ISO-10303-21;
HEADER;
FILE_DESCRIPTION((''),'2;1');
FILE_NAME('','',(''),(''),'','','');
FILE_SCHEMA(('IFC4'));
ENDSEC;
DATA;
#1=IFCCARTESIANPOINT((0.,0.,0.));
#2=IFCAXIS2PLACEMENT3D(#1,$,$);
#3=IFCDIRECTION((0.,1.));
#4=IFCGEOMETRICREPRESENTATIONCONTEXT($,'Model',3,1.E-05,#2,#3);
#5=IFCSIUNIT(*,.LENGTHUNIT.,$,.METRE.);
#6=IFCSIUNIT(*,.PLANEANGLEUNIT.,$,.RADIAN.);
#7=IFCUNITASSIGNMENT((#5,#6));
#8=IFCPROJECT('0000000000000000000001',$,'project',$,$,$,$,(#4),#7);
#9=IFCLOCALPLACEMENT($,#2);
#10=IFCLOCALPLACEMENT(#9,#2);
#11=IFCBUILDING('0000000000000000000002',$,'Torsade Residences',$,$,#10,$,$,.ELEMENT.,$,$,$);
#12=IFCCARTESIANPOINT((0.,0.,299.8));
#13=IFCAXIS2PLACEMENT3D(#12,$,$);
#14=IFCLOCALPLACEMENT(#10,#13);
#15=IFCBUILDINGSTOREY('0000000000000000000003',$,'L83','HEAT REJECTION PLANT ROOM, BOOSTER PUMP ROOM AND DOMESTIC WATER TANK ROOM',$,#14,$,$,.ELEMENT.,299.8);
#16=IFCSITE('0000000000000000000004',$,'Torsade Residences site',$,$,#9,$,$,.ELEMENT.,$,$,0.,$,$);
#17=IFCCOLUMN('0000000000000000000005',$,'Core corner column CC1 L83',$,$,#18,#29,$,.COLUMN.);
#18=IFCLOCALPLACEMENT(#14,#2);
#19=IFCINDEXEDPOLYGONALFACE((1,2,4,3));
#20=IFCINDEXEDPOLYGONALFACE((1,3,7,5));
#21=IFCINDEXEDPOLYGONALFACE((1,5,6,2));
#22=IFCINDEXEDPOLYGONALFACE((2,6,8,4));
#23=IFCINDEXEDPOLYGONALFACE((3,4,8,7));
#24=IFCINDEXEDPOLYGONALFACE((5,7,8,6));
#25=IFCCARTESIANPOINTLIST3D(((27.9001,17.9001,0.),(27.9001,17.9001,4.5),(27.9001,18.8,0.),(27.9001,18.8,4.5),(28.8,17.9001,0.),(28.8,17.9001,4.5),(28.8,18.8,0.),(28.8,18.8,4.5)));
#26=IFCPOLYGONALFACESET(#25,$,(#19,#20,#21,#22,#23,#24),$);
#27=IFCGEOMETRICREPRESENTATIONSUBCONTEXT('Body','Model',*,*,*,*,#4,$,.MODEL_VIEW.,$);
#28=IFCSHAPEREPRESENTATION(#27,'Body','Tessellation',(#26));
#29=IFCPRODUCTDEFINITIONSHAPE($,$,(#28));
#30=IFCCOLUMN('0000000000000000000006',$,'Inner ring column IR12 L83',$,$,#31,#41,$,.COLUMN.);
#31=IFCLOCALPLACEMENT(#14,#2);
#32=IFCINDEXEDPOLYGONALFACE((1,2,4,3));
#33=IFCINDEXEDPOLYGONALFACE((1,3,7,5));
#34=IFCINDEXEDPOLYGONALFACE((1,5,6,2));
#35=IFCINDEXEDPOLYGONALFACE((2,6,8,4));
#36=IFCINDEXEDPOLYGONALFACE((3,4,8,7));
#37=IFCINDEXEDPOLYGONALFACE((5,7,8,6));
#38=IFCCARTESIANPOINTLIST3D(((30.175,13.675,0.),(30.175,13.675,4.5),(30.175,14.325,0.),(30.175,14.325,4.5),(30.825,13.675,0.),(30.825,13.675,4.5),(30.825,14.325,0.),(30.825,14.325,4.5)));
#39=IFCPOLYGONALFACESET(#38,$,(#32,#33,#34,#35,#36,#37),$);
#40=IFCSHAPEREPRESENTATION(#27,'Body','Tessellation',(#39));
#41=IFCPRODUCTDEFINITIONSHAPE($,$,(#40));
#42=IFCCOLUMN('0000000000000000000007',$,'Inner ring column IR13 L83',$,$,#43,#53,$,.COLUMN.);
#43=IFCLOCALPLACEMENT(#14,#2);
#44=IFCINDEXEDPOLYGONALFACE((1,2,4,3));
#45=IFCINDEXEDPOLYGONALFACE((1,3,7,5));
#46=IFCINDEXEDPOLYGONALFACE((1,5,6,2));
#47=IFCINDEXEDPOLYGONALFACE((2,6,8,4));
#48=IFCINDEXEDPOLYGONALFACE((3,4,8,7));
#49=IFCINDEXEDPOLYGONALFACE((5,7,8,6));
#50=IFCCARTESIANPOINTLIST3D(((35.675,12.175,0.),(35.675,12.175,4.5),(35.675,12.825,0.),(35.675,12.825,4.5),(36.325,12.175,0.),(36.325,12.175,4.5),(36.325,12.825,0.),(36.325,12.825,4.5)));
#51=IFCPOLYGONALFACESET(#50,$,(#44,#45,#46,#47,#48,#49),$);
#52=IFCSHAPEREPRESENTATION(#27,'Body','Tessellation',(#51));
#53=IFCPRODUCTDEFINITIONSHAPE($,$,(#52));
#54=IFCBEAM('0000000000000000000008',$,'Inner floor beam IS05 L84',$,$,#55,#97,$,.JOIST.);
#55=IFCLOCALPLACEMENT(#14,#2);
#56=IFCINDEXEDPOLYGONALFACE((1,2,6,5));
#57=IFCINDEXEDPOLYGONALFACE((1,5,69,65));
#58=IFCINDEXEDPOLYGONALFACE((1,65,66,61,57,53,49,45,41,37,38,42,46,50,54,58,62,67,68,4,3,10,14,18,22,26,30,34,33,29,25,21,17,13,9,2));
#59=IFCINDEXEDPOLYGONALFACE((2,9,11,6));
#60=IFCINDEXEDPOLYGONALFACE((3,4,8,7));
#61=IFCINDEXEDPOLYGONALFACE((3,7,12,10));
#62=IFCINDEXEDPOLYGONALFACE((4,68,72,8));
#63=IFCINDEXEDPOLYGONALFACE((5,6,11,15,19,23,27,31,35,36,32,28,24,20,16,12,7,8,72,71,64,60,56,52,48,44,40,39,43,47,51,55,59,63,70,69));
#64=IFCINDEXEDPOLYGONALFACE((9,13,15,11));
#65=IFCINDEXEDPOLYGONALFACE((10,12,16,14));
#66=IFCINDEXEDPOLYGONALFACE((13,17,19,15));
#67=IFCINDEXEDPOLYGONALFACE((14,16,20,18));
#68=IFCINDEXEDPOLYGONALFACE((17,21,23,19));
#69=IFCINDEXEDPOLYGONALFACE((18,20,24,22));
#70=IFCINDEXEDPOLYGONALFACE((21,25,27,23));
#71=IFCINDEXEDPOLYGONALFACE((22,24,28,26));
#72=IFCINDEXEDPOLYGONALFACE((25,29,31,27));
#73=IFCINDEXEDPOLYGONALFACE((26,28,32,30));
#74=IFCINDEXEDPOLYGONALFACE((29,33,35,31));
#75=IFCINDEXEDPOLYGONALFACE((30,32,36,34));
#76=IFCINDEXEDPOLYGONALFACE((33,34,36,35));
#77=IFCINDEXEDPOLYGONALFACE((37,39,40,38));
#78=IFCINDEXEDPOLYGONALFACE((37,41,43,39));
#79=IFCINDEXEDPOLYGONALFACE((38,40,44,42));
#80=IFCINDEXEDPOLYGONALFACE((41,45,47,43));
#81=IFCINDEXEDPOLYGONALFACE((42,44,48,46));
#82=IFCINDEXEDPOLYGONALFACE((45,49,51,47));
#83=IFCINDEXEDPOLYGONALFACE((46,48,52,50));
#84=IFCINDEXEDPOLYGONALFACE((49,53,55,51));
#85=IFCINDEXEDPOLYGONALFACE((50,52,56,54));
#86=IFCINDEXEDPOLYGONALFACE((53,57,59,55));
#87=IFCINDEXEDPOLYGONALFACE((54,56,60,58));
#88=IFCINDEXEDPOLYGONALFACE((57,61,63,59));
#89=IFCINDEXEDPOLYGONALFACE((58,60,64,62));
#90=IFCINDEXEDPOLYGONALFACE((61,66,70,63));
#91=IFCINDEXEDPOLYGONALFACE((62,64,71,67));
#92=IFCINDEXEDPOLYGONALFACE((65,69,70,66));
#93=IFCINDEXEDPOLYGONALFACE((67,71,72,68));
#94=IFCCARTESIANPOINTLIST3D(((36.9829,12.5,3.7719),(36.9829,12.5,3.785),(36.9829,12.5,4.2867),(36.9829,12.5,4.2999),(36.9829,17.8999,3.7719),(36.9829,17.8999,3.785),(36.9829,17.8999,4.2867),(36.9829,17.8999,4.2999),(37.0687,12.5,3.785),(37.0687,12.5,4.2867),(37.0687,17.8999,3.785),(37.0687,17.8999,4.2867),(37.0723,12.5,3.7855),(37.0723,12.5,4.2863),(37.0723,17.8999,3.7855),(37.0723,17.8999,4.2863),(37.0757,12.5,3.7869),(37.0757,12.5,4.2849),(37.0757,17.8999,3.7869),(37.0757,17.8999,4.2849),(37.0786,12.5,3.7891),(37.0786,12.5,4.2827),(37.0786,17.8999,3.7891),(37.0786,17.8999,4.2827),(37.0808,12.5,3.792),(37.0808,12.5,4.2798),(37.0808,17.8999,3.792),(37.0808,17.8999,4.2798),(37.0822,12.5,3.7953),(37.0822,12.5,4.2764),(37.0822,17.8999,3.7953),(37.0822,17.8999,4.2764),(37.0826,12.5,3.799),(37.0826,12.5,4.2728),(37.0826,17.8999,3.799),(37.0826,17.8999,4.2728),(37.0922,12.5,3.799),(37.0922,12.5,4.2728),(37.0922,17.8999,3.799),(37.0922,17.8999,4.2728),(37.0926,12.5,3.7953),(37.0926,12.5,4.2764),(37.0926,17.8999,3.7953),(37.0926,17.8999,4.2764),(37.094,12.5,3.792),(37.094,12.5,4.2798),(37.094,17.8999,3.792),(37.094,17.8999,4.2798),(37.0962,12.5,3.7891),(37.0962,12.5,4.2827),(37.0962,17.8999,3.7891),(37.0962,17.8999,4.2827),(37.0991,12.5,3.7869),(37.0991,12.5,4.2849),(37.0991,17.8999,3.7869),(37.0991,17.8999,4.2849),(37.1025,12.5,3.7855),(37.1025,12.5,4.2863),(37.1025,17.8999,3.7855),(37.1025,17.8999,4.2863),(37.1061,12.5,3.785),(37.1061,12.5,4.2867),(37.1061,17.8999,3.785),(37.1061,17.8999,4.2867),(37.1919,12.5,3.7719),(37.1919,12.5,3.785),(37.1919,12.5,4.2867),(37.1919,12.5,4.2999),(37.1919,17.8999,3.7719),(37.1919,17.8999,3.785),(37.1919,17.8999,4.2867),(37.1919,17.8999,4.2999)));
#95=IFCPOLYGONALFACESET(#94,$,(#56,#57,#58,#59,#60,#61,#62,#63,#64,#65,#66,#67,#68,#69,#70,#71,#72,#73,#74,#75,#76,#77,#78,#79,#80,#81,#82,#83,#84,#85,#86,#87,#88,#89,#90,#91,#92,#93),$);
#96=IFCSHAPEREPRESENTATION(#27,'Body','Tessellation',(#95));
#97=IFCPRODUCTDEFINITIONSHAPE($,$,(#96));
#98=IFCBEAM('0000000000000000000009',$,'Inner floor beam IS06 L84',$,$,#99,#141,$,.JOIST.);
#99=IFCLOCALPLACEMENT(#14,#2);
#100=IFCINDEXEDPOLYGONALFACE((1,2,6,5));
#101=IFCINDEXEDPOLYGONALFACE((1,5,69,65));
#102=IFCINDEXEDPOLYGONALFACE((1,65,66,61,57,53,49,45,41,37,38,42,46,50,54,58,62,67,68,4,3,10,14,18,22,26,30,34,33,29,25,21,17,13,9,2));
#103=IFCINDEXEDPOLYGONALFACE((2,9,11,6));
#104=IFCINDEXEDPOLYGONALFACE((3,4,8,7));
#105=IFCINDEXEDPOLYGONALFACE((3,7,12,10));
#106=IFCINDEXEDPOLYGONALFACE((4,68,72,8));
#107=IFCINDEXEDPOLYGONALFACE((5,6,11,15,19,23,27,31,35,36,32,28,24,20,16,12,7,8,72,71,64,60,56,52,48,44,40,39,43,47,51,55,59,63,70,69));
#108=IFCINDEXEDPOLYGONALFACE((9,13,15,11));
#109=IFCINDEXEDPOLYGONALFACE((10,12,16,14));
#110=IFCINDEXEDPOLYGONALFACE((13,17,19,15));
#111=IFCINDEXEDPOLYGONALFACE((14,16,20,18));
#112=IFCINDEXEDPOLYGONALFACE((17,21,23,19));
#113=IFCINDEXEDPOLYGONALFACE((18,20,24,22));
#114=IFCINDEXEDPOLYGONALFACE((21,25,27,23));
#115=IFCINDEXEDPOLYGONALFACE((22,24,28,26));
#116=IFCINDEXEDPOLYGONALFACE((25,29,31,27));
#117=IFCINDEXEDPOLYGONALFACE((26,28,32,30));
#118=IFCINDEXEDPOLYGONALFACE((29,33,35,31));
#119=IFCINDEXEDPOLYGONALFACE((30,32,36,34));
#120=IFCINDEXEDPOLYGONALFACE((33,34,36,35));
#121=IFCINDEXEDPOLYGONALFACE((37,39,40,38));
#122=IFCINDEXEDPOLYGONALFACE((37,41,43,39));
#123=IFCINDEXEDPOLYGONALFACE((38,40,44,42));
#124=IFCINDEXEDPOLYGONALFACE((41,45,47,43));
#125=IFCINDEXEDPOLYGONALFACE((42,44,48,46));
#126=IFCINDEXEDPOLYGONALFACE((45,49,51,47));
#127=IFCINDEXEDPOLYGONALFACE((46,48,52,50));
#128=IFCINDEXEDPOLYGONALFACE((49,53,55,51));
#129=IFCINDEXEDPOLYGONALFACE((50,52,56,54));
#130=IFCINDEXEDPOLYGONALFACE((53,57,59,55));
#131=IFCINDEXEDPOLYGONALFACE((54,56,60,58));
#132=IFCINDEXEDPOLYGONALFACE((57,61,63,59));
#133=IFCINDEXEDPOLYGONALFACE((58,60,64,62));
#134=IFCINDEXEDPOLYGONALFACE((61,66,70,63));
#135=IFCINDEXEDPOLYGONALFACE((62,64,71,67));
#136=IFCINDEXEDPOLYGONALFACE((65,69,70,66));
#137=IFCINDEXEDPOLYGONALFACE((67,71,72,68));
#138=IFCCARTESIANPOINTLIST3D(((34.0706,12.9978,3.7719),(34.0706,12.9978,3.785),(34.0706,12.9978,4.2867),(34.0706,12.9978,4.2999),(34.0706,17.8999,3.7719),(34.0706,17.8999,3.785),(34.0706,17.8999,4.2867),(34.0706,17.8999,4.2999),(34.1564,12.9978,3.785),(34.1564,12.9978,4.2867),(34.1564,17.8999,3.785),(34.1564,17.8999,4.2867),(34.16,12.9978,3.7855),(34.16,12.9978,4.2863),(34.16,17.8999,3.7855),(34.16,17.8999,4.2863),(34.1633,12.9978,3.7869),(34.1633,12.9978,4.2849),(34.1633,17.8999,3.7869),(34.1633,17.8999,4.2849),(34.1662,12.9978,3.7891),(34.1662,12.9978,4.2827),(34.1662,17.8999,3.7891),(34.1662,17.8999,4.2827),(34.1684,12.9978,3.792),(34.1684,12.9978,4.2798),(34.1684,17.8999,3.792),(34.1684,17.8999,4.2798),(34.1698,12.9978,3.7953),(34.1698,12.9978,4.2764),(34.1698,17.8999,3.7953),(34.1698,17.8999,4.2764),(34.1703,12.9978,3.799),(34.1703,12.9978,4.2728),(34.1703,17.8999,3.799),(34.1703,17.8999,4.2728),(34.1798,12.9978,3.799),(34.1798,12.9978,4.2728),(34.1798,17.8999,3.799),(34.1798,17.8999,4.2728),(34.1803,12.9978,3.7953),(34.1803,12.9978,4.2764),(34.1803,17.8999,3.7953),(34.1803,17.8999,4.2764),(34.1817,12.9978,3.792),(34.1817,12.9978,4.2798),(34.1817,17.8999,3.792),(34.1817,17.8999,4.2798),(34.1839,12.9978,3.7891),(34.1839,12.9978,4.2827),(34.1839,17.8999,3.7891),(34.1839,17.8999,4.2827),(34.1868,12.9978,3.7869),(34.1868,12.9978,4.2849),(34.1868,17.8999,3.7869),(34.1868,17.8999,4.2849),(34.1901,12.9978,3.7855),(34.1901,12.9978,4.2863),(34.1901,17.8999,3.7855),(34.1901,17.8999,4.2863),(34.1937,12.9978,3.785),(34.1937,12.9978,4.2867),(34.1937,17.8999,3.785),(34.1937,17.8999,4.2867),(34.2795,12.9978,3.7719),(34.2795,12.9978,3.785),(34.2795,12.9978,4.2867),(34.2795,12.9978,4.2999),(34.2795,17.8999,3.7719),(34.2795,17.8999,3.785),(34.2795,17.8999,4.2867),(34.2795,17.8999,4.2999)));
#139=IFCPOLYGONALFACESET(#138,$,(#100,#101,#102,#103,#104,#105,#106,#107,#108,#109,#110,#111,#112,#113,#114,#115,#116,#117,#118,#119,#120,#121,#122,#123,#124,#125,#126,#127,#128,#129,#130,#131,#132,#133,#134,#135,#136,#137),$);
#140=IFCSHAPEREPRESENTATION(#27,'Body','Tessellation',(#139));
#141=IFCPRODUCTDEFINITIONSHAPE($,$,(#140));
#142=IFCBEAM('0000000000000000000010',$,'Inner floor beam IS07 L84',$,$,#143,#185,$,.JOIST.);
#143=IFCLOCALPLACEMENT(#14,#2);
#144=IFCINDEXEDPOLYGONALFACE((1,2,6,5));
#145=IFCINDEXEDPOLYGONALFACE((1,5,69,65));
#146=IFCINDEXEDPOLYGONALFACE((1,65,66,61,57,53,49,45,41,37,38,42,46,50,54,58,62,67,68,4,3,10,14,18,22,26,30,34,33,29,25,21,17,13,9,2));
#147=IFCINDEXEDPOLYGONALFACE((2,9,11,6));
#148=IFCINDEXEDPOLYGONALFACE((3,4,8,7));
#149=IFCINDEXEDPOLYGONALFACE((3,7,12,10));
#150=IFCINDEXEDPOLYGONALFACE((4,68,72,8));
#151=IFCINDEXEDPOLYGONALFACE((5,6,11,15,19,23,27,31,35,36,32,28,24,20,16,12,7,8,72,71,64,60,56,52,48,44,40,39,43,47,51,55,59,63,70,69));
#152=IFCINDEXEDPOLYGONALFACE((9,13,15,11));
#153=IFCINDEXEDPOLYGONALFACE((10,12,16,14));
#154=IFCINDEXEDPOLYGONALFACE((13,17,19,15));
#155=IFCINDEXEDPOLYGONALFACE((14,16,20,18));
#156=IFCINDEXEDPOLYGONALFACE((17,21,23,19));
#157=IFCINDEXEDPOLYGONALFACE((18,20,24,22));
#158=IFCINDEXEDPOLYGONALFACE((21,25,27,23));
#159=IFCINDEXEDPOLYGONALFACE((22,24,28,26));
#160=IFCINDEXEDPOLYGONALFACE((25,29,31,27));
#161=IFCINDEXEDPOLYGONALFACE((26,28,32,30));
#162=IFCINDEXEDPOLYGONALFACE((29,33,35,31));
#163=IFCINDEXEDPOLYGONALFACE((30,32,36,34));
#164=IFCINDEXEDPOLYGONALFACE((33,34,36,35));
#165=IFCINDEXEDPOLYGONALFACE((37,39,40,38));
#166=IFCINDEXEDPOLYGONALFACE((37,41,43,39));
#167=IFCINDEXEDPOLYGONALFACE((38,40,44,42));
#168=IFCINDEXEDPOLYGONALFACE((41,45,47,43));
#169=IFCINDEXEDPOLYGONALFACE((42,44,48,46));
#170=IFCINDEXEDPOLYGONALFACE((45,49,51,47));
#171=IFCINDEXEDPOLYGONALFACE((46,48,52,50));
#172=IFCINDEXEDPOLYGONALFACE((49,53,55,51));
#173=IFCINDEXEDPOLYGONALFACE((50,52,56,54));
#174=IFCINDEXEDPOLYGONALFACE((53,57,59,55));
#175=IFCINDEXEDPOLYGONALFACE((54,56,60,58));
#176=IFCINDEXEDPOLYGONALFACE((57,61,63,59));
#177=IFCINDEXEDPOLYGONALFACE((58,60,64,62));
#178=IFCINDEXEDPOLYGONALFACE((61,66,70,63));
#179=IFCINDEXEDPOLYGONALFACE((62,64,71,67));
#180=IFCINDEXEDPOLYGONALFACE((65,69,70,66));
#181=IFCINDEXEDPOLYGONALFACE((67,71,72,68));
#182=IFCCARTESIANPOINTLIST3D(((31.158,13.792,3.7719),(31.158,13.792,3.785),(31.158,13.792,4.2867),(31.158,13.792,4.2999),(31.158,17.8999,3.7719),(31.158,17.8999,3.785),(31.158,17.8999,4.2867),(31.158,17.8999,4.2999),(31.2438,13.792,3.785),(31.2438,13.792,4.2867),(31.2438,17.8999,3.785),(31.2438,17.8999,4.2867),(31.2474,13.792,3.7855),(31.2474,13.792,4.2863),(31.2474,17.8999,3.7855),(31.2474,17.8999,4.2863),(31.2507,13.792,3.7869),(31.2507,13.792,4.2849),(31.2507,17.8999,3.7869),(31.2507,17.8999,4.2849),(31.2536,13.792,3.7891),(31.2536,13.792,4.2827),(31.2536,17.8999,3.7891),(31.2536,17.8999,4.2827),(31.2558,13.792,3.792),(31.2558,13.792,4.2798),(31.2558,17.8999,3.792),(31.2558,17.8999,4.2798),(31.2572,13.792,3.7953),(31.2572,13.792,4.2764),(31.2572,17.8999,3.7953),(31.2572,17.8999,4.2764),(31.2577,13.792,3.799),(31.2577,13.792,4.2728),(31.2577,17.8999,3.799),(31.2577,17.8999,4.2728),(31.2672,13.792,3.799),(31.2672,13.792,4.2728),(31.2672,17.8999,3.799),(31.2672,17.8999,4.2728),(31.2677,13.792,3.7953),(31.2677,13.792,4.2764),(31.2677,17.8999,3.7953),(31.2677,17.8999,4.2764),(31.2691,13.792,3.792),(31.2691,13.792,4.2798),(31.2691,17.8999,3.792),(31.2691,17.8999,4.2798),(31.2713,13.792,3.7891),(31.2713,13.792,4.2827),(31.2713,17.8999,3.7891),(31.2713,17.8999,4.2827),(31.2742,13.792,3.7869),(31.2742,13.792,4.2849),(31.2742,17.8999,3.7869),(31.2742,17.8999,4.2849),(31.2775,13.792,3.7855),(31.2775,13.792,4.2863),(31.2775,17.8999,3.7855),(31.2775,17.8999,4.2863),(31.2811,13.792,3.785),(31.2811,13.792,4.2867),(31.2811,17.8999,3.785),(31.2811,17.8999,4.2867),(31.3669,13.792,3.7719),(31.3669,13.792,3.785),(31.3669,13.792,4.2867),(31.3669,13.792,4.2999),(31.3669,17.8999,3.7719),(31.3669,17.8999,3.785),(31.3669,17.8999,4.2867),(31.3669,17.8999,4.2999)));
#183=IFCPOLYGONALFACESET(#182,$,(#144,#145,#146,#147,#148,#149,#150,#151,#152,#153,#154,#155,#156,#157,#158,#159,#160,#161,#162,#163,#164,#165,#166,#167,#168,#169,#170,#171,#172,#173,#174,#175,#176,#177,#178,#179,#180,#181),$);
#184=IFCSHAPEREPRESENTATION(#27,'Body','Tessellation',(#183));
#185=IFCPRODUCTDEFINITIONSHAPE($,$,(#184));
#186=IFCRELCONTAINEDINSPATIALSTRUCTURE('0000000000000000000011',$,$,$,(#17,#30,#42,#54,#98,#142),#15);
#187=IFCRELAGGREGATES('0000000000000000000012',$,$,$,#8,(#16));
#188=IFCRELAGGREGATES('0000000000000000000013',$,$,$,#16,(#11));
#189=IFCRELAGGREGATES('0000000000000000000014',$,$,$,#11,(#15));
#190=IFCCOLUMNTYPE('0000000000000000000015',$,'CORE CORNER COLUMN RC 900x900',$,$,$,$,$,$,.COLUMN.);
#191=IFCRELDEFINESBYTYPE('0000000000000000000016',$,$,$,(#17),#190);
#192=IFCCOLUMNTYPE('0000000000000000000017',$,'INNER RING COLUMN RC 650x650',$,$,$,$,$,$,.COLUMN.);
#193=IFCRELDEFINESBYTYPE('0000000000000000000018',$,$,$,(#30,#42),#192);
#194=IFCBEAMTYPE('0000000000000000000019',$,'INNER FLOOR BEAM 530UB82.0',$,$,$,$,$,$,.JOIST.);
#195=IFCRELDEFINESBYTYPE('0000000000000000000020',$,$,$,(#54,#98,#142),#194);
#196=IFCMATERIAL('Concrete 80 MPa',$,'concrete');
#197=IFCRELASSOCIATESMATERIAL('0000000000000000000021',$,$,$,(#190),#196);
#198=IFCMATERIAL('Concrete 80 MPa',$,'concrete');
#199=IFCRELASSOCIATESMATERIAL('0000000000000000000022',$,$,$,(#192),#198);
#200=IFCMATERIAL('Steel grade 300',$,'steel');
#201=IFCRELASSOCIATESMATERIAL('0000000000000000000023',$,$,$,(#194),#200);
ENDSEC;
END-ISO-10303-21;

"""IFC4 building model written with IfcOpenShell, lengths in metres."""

from ifc_helpers import new_model, si_unit, direction, frame, origin, origin_2d, place, context, subcontext, project, spatial, rectangle, i_section, extrude, material, material_profile, profile_set, type_object, element, save


model = new_model("IFC4")

# Units and contexts
model_context = context("Model", 3, precision=1e-05, world=origin(), true_north=direction((0.0, 1.0)))
body_context = subcontext(model_context, "Body", "Model", "MODEL_VIEW")
ifc_project = project(units=[si_unit("LENGTHUNIT", "METRE"), si_unit("PLANEANGLEUNIT", "RADIAN")], contexts=[model_context])

# Site, building, storey
site_placement = place(None, origin())
site = spatial("IfcSite", under=ifc_project, at=site_placement, Name="Torsade Residences site", CompositionType="ELEMENT", RefElevation=0.0)
building_placement = place(site_placement, origin())
building = spatial("IfcBuilding", under=site, at=building_placement, Name="Torsade Residences", CompositionType="ELEMENT")
storey_placement = place(building_placement, frame((0.0, 0.0, 299.8)))
storey = spatial("IfcBuildingStorey", under=building, at=storey_placement, Name="L83", Description="HEAT REJECTION PLANT ROOM, BOOSTER PUMP ROOM AND DOMESTIC WATER TANK ROOM", CompositionType="ELEMENT", Elevation=299.8)

# Columns
ifc_material_1 = material(Name="Concrete 80 MPa", Category="concrete")
ifc_material_profile_1 = material_profile(ifc_material_1, rectangle(XDim=0.8999, YDim=0.8999, at=origin_2d()), Name="RC 900x900")
ifc_profile_set_1 = profile_set([ifc_material_profile_1], Name="Concrete 80 MPa")
column_type_1 = type_object("IfcColumnType", Name="CORE CORNER COLUMN RC 900x900", PredefinedType="COLUMN", material=ifc_profile_set_1)
column_placement = place(storey_placement, frame((28.3501, 18.3501, 0.0), z_axis=(0.0, 0.0, 1.0), x_axis=(1.0, 0.0, 0.0)))
element("IfcColumn", 1, at=column_placement, inside=storey, type_object=column_type_1, Name="Core corner column CC1 L83", PredefinedType="COLUMN", context=body_context, shape_type="SweptSolid", body=[
    extrude(rectangle(XDim=0.8999, YDim=0.8999, at=origin_2d()), origin(), (0.0, 0.0, 1.0), 4.5),
])
ifc_material_2 = material(Name="Concrete 80 MPa", Category="concrete")
ifc_material_profile_2 = material_profile(ifc_material_2, rectangle(XDim=0.6499, YDim=0.6499, at=origin_2d()), Name="RC 650x650")
ifc_profile_set_2 = profile_set([ifc_material_profile_2], Name="Concrete 80 MPa")
column_type_2 = type_object("IfcColumnType", Name="INNER RING COLUMN RC 650x650", PredefinedType="COLUMN", material=ifc_profile_set_2)
for number, where, z_axis, x_axis, name in (
    (2, (30.5, 14.0, 0.0), (0.0, 0.0, 1.0), (1.0, 0.0, 0.0), "Inner ring column IR12 L83"),
    (3, (36.0, 12.5, 0.0), (0.0, 0.0, 1.0), (1.0, 0.0, 0.0), "Inner ring column IR13 L83"),
):
    element("IfcColumn", number, at=place(storey_placement, frame(where, z_axis=z_axis, x_axis=x_axis)), inside=storey, type_object=column_type_2, Name=name, PredefinedType="COLUMN", context=body_context, shape_type="SweptSolid", body=[
        extrude(rectangle(XDim=0.6499, YDim=0.6499, at=origin_2d()), origin(), (0.0, 0.0, 1.0), 4.5),
    ])

# Beams
ifc_material_3 = material(Name="Steel grade 300", Category="steel")
ifc_material_profile_3 = material_profile(ifc_material_3, i_section(OverallWidth=0.209, OverallDepth=0.5281, WebThickness=0.0095, FlangeThickness=0.0132, FilletRadius=0.0139, at=origin_2d()), Name="530UB82.0")
ifc_profile_set_3 = profile_set([ifc_material_profile_3], Name="Steel grade 300")
beam_type_1 = type_object("IfcBeamType", Name="INNER FLOOR BEAM 530UB82.0", PredefinedType="JOIST", material=ifc_profile_set_3)
beam_1_placement = place(storey_placement, frame((37.0874, 17.8999, 4.0359), z_axis=(0.0, -1.0, 0.0), x_axis=(1.0, 0.0, 0.0)))
element("IfcBeam", 4, at=beam_1_placement, inside=storey, type_object=beam_type_1, Name="Inner floor beam IS05 L84", PredefinedType="JOIST", context=body_context, shape_type="SweptSolid", body=[
    extrude(i_section(OverallWidth=0.209, OverallDepth=0.5281, WebThickness=0.0095, FlangeThickness=0.0132, FilletRadius=0.0139, at=origin_2d()), origin(), (0.0, 0.0, 1.0), 5.3999),
])
beam_2_placement = place(storey_placement, frame((34.175, 17.8999, 4.0359), z_axis=(0.0, -1.0, 0.0), x_axis=(1.0, 0.0, 0.0)))
element("IfcBeam", 5, at=beam_2_placement, inside=storey, type_object=beam_type_1, Name="Inner floor beam IS06 L84", PredefinedType="JOIST", context=body_context, shape_type="SweptSolid", body=[
    extrude(i_section(OverallWidth=0.209, OverallDepth=0.5281, WebThickness=0.0095, FlangeThickness=0.0132, FilletRadius=0.0139, at=origin_2d()), origin(), (0.0, 0.0, 1.0), 4.9021),
])
beam_3_placement = place(storey_placement, frame((31.2625, 17.8999, 4.0359), z_axis=(0.0, -1.0, 0.0), x_axis=(1.0, 0.0, 0.0)))
element("IfcBeam", 6, at=beam_3_placement, inside=storey, type_object=beam_type_1, Name="Inner floor beam IS07 L84", PredefinedType="JOIST", context=body_context, shape_type="SweptSolid", body=[
    extrude(i_section(OverallWidth=0.209, OverallDepth=0.5281, WebThickness=0.0095, FlangeThickness=0.0132, FilletRadius=0.0139, at=origin_2d()), origin(), (0.0, 0.0, 1.0), 4.1079),
])

save(model, "model.ifc")
